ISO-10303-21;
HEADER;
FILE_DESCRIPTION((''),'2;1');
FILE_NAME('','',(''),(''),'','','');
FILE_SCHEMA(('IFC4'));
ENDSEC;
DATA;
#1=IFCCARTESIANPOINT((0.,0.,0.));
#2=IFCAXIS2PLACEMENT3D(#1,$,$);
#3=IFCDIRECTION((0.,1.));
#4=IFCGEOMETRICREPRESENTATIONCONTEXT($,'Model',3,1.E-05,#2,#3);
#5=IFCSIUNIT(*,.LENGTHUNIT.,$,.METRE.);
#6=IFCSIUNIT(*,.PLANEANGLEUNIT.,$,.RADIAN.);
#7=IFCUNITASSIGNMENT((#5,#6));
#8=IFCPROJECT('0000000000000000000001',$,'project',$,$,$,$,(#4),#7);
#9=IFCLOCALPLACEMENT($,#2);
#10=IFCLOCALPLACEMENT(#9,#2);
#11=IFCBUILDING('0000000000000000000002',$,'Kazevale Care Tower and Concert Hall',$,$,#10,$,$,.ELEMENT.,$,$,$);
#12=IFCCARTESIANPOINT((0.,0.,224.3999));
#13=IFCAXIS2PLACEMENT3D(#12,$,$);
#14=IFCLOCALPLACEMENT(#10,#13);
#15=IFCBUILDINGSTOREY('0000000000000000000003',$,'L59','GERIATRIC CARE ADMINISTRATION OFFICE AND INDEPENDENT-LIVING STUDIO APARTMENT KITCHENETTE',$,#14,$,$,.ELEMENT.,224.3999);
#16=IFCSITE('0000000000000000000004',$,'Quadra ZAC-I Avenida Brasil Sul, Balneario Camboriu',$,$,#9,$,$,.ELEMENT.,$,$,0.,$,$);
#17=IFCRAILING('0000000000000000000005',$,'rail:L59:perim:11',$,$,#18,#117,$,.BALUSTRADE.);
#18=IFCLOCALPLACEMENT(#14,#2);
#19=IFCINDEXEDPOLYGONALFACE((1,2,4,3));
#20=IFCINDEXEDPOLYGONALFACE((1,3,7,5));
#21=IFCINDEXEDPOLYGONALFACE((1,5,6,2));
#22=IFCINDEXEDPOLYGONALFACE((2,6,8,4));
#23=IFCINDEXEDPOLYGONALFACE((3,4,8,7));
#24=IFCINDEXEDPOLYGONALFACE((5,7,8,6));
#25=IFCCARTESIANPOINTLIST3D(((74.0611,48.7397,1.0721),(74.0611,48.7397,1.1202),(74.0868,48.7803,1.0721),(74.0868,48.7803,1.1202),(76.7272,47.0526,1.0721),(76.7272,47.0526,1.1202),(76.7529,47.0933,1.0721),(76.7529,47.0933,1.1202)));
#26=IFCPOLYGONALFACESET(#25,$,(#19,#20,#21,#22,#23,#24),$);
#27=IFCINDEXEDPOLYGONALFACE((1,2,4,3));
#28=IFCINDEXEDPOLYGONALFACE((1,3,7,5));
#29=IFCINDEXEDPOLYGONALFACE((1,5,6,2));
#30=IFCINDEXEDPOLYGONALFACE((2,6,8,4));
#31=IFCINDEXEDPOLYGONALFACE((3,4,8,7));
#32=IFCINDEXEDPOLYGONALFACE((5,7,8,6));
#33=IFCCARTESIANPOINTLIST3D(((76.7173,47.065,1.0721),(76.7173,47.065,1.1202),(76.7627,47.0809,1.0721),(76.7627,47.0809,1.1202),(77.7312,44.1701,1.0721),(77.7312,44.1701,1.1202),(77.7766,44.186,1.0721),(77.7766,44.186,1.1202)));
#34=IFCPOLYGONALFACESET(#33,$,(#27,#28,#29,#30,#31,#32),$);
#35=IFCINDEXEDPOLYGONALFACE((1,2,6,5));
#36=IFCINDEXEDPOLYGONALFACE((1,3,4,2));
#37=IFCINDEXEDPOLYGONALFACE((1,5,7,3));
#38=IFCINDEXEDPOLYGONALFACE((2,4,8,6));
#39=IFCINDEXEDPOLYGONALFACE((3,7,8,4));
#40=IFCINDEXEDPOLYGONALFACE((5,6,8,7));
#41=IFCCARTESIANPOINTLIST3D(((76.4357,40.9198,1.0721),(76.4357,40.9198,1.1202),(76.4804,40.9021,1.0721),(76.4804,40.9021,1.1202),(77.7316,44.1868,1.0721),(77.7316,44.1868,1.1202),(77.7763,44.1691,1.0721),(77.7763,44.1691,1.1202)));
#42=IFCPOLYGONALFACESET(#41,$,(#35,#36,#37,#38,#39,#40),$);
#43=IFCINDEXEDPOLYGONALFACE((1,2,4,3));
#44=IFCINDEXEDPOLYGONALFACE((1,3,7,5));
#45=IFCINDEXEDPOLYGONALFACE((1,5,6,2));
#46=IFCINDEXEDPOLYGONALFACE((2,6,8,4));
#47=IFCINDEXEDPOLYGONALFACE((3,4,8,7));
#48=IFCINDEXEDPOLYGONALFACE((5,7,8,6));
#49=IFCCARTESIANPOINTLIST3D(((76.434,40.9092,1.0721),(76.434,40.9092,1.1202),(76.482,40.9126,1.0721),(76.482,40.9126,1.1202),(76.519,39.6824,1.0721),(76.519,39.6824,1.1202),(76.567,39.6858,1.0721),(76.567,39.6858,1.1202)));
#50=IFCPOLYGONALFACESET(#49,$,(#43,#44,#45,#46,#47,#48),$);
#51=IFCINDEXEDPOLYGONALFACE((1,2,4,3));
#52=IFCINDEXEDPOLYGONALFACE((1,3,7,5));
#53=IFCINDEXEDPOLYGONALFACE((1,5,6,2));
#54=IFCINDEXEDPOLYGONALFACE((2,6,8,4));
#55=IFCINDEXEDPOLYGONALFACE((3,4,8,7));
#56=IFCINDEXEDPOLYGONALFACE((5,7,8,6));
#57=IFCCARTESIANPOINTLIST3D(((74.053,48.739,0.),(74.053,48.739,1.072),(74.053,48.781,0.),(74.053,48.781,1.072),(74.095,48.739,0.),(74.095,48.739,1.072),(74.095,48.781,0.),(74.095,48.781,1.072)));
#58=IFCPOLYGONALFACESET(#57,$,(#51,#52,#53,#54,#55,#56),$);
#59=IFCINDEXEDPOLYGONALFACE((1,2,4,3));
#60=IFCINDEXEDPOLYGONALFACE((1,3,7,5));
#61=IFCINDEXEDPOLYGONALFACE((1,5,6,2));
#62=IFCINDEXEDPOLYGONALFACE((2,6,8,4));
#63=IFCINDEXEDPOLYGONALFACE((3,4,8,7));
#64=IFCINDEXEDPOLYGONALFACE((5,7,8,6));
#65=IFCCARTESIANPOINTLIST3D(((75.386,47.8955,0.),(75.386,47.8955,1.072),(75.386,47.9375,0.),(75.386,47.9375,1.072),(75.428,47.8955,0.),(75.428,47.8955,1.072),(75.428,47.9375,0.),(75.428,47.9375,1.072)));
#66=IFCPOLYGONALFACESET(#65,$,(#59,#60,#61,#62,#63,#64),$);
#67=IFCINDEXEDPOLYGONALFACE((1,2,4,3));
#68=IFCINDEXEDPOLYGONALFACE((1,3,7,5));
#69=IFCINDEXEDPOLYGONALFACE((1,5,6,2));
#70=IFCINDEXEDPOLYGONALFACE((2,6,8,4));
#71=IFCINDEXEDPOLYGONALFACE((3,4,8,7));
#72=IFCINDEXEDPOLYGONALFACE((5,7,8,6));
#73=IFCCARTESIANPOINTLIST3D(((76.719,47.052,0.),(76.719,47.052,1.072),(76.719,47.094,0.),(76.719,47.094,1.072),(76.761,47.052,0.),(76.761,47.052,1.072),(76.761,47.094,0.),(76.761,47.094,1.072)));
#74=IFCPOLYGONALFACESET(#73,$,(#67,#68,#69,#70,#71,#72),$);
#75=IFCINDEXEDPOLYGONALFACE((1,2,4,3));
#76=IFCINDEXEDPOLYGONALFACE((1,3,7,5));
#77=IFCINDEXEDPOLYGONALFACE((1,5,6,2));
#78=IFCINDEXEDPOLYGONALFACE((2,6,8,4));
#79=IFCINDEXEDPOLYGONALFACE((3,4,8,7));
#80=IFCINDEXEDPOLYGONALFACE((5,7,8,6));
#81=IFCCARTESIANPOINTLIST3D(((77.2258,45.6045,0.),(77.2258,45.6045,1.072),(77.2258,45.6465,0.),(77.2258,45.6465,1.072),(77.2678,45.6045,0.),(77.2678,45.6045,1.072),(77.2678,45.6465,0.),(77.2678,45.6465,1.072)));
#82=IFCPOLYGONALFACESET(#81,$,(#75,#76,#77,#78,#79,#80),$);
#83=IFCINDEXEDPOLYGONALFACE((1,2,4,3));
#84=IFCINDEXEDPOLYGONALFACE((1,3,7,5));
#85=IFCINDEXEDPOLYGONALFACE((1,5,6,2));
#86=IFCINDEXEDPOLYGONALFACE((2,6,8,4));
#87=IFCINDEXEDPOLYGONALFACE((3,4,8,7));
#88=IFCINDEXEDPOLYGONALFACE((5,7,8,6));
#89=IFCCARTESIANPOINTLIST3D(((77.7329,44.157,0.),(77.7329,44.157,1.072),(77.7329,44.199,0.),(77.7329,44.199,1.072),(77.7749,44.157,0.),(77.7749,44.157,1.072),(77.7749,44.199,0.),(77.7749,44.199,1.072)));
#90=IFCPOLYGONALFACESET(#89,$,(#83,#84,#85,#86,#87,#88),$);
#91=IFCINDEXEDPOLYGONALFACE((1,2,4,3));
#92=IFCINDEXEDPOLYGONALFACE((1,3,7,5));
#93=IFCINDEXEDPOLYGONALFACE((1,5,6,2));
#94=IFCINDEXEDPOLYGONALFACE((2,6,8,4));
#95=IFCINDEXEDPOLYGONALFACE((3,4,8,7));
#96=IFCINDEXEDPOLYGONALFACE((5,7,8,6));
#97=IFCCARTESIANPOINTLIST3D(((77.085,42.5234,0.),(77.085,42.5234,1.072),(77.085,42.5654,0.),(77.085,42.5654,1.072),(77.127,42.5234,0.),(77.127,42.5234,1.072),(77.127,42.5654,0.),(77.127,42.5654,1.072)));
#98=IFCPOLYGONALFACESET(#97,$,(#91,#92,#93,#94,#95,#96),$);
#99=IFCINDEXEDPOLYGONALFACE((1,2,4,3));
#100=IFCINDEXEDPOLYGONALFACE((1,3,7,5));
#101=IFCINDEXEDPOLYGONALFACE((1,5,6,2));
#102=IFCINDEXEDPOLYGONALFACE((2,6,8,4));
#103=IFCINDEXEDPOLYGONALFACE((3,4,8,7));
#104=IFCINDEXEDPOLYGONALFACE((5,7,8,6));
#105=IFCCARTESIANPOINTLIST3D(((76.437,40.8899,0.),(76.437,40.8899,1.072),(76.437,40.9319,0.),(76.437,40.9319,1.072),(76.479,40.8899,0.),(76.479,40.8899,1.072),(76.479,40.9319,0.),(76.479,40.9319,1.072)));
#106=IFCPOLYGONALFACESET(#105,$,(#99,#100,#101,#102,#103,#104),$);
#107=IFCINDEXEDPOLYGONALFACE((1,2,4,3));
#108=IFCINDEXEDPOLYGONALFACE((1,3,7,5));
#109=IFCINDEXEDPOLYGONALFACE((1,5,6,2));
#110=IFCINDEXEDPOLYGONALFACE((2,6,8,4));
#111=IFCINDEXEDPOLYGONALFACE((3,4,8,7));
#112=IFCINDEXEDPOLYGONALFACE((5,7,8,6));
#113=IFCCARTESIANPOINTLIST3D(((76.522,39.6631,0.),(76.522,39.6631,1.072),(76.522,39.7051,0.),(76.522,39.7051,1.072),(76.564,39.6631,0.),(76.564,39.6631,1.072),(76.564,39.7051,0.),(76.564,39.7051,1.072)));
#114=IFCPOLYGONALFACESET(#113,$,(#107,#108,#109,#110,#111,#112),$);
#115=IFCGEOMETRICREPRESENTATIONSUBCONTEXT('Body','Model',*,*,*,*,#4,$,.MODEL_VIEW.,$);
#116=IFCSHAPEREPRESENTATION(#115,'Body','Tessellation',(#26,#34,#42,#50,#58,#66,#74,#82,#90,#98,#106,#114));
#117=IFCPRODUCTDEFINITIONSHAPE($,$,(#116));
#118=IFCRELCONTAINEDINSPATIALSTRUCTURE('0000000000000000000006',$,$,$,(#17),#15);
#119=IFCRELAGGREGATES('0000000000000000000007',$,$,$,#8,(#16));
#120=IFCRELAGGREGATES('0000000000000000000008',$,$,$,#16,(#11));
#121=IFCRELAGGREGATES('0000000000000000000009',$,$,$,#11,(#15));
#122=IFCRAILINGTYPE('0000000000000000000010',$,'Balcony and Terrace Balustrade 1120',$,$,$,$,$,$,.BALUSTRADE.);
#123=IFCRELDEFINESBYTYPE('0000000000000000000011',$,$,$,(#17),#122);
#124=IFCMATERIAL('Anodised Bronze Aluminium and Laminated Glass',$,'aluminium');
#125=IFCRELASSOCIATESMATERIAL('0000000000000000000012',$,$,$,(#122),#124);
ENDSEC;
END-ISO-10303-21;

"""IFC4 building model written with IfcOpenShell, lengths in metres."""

from ifc_helpers import new_model, si_unit, direction, frame, origin, origin_2d, place, context, subcontext, project, spatial, rectangle, extrude, material, type_object, element, save


model = new_model("IFC4")

# Units and contexts
model_context = context("Model", 3, precision=1e-05, world=origin(), true_north=direction((0.0, 1.0)))
body_context = subcontext(model_context, "Body", "Model", "MODEL_VIEW")
ifc_project = project(units=[si_unit("LENGTHUNIT", "METRE"), si_unit("PLANEANGLEUNIT", "RADIAN")], contexts=[model_context])

# Site, building, storey
site_placement = place(None, origin())
site = spatial("IfcSite", under=ifc_project, at=site_placement, Name="Quadra ZAC-I Avenida Brasil Sul, Balneario Camboriu", CompositionType="ELEMENT", RefElevation=0.0)
building_placement = place(site_placement, origin())
building = spatial("IfcBuilding", under=site, at=building_placement, Name="Kazevale Care Tower and Concert Hall", CompositionType="ELEMENT")
storey_placement = place(building_placement, frame((0.0, 0.0, 224.3999)))
storey = spatial("IfcBuildingStorey", under=building, at=storey_placement, Name="L59", Description="GERIATRIC CARE ADMINISTRATION OFFICE AND INDEPENDENT-LIVING STUDIO APARTMENT KITCHENETTE", CompositionType="ELEMENT", Elevation=224.3999)

# Railing
ifc_material_1 = material(Name="Anodised Bronze Aluminium and Laminated Glass", Category="aluminium")
railing_type = type_object("IfcRailingType", Name="Balcony and Terrace Balustrade 1120", PredefinedType="BALUSTRADE", material=ifc_material_1)
railing_1_placement = place(storey_placement, frame((74.074, 48.76, 0.0)))
element("IfcRailing", 1, at=railing_1_placement, inside=storey, type_object=railing_type, Name="rail:L59:perim:11", PredefinedType="BALUSTRADE", context=body_context, shape_type="SweptSolid", body=[
    extrude(rectangle(XDim=0.0481, YDim=0.0481, at=origin_2d()), frame((0.0, 0.0, 1.0962), z_axis=(0.845029, -0.534721, 0.0), x_axis=(0.534721, 0.845029, 0.0)), (0.0, 0.0, 1.0), 3.155),
    extrude(rectangle(XDim=0.0481, YDim=0.0481, at=origin_2d()), frame((2.666, -1.687, 1.0962), z_axis=(0.330542, -0.943791, 0.0), x_axis=(0.943791, 0.330542, 0.0)), (0.0, 0.0, 1.0), 3.0674),
    extrude(rectangle(XDim=0.0481, YDim=0.0481, at=origin_2d()), frame((3.6799, -4.582, 1.0962), z_axis=(-0.368706, -0.929546, 0.0), x_axis=(0.929546, -0.368706, 0.0)), (0.0, 0.0, 1.0), 3.5146),
    extrude(rectangle(XDim=0.0481, YDim=0.0481, at=origin_2d()), frame((2.384, -7.8491, 1.0962), z_axis=(0.069088, -0.997611, 0.0), x_axis=(0.997611, 0.069088, 0.0)), (0.0, 0.0, 1.0), 1.2297),
    extrude(rectangle(XDim=0.042, YDim=0.042, at=origin_2d()), origin(), (0.0, 0.0, 1.0), 1.072),
    extrude(rectangle(XDim=0.042, YDim=0.042, at=origin_2d()), frame((1.333, -0.8435, 0.0)), (0.0, 0.0, 1.0), 1.072),
    extrude(rectangle(XDim=0.042, YDim=0.042, at=origin_2d()), frame((2.666, -1.687, 0.0)), (0.0, 0.0, 1.0), 1.072),
    extrude(rectangle(XDim=0.042, YDim=0.042, at=origin_2d()), frame((3.1729, -3.1345, 0.0)), (0.0, 0.0, 1.0), 1.072),
    extrude(rectangle(XDim=0.042, YDim=0.042, at=origin_2d()), frame((3.6799, -4.582, 0.0)), (0.0, 0.0, 1.0), 1.072),
    extrude(rectangle(XDim=0.042, YDim=0.042, at=origin_2d()), frame((3.032, -6.2156, 0.0)), (0.0, 0.0, 1.0), 1.072),
    extrude(rectangle(XDim=0.042, YDim=0.042, at=origin_2d()), frame((2.384, -7.8491, 0.0)), (0.0, 0.0, 1.0), 1.072),
    extrude(rectangle(XDim=0.042, YDim=0.042, at=origin_2d()), frame((2.469, -9.0759, 0.0)), (0.0, 0.0, 1.0), 1.072),
])

save(model, "model.ifc")
